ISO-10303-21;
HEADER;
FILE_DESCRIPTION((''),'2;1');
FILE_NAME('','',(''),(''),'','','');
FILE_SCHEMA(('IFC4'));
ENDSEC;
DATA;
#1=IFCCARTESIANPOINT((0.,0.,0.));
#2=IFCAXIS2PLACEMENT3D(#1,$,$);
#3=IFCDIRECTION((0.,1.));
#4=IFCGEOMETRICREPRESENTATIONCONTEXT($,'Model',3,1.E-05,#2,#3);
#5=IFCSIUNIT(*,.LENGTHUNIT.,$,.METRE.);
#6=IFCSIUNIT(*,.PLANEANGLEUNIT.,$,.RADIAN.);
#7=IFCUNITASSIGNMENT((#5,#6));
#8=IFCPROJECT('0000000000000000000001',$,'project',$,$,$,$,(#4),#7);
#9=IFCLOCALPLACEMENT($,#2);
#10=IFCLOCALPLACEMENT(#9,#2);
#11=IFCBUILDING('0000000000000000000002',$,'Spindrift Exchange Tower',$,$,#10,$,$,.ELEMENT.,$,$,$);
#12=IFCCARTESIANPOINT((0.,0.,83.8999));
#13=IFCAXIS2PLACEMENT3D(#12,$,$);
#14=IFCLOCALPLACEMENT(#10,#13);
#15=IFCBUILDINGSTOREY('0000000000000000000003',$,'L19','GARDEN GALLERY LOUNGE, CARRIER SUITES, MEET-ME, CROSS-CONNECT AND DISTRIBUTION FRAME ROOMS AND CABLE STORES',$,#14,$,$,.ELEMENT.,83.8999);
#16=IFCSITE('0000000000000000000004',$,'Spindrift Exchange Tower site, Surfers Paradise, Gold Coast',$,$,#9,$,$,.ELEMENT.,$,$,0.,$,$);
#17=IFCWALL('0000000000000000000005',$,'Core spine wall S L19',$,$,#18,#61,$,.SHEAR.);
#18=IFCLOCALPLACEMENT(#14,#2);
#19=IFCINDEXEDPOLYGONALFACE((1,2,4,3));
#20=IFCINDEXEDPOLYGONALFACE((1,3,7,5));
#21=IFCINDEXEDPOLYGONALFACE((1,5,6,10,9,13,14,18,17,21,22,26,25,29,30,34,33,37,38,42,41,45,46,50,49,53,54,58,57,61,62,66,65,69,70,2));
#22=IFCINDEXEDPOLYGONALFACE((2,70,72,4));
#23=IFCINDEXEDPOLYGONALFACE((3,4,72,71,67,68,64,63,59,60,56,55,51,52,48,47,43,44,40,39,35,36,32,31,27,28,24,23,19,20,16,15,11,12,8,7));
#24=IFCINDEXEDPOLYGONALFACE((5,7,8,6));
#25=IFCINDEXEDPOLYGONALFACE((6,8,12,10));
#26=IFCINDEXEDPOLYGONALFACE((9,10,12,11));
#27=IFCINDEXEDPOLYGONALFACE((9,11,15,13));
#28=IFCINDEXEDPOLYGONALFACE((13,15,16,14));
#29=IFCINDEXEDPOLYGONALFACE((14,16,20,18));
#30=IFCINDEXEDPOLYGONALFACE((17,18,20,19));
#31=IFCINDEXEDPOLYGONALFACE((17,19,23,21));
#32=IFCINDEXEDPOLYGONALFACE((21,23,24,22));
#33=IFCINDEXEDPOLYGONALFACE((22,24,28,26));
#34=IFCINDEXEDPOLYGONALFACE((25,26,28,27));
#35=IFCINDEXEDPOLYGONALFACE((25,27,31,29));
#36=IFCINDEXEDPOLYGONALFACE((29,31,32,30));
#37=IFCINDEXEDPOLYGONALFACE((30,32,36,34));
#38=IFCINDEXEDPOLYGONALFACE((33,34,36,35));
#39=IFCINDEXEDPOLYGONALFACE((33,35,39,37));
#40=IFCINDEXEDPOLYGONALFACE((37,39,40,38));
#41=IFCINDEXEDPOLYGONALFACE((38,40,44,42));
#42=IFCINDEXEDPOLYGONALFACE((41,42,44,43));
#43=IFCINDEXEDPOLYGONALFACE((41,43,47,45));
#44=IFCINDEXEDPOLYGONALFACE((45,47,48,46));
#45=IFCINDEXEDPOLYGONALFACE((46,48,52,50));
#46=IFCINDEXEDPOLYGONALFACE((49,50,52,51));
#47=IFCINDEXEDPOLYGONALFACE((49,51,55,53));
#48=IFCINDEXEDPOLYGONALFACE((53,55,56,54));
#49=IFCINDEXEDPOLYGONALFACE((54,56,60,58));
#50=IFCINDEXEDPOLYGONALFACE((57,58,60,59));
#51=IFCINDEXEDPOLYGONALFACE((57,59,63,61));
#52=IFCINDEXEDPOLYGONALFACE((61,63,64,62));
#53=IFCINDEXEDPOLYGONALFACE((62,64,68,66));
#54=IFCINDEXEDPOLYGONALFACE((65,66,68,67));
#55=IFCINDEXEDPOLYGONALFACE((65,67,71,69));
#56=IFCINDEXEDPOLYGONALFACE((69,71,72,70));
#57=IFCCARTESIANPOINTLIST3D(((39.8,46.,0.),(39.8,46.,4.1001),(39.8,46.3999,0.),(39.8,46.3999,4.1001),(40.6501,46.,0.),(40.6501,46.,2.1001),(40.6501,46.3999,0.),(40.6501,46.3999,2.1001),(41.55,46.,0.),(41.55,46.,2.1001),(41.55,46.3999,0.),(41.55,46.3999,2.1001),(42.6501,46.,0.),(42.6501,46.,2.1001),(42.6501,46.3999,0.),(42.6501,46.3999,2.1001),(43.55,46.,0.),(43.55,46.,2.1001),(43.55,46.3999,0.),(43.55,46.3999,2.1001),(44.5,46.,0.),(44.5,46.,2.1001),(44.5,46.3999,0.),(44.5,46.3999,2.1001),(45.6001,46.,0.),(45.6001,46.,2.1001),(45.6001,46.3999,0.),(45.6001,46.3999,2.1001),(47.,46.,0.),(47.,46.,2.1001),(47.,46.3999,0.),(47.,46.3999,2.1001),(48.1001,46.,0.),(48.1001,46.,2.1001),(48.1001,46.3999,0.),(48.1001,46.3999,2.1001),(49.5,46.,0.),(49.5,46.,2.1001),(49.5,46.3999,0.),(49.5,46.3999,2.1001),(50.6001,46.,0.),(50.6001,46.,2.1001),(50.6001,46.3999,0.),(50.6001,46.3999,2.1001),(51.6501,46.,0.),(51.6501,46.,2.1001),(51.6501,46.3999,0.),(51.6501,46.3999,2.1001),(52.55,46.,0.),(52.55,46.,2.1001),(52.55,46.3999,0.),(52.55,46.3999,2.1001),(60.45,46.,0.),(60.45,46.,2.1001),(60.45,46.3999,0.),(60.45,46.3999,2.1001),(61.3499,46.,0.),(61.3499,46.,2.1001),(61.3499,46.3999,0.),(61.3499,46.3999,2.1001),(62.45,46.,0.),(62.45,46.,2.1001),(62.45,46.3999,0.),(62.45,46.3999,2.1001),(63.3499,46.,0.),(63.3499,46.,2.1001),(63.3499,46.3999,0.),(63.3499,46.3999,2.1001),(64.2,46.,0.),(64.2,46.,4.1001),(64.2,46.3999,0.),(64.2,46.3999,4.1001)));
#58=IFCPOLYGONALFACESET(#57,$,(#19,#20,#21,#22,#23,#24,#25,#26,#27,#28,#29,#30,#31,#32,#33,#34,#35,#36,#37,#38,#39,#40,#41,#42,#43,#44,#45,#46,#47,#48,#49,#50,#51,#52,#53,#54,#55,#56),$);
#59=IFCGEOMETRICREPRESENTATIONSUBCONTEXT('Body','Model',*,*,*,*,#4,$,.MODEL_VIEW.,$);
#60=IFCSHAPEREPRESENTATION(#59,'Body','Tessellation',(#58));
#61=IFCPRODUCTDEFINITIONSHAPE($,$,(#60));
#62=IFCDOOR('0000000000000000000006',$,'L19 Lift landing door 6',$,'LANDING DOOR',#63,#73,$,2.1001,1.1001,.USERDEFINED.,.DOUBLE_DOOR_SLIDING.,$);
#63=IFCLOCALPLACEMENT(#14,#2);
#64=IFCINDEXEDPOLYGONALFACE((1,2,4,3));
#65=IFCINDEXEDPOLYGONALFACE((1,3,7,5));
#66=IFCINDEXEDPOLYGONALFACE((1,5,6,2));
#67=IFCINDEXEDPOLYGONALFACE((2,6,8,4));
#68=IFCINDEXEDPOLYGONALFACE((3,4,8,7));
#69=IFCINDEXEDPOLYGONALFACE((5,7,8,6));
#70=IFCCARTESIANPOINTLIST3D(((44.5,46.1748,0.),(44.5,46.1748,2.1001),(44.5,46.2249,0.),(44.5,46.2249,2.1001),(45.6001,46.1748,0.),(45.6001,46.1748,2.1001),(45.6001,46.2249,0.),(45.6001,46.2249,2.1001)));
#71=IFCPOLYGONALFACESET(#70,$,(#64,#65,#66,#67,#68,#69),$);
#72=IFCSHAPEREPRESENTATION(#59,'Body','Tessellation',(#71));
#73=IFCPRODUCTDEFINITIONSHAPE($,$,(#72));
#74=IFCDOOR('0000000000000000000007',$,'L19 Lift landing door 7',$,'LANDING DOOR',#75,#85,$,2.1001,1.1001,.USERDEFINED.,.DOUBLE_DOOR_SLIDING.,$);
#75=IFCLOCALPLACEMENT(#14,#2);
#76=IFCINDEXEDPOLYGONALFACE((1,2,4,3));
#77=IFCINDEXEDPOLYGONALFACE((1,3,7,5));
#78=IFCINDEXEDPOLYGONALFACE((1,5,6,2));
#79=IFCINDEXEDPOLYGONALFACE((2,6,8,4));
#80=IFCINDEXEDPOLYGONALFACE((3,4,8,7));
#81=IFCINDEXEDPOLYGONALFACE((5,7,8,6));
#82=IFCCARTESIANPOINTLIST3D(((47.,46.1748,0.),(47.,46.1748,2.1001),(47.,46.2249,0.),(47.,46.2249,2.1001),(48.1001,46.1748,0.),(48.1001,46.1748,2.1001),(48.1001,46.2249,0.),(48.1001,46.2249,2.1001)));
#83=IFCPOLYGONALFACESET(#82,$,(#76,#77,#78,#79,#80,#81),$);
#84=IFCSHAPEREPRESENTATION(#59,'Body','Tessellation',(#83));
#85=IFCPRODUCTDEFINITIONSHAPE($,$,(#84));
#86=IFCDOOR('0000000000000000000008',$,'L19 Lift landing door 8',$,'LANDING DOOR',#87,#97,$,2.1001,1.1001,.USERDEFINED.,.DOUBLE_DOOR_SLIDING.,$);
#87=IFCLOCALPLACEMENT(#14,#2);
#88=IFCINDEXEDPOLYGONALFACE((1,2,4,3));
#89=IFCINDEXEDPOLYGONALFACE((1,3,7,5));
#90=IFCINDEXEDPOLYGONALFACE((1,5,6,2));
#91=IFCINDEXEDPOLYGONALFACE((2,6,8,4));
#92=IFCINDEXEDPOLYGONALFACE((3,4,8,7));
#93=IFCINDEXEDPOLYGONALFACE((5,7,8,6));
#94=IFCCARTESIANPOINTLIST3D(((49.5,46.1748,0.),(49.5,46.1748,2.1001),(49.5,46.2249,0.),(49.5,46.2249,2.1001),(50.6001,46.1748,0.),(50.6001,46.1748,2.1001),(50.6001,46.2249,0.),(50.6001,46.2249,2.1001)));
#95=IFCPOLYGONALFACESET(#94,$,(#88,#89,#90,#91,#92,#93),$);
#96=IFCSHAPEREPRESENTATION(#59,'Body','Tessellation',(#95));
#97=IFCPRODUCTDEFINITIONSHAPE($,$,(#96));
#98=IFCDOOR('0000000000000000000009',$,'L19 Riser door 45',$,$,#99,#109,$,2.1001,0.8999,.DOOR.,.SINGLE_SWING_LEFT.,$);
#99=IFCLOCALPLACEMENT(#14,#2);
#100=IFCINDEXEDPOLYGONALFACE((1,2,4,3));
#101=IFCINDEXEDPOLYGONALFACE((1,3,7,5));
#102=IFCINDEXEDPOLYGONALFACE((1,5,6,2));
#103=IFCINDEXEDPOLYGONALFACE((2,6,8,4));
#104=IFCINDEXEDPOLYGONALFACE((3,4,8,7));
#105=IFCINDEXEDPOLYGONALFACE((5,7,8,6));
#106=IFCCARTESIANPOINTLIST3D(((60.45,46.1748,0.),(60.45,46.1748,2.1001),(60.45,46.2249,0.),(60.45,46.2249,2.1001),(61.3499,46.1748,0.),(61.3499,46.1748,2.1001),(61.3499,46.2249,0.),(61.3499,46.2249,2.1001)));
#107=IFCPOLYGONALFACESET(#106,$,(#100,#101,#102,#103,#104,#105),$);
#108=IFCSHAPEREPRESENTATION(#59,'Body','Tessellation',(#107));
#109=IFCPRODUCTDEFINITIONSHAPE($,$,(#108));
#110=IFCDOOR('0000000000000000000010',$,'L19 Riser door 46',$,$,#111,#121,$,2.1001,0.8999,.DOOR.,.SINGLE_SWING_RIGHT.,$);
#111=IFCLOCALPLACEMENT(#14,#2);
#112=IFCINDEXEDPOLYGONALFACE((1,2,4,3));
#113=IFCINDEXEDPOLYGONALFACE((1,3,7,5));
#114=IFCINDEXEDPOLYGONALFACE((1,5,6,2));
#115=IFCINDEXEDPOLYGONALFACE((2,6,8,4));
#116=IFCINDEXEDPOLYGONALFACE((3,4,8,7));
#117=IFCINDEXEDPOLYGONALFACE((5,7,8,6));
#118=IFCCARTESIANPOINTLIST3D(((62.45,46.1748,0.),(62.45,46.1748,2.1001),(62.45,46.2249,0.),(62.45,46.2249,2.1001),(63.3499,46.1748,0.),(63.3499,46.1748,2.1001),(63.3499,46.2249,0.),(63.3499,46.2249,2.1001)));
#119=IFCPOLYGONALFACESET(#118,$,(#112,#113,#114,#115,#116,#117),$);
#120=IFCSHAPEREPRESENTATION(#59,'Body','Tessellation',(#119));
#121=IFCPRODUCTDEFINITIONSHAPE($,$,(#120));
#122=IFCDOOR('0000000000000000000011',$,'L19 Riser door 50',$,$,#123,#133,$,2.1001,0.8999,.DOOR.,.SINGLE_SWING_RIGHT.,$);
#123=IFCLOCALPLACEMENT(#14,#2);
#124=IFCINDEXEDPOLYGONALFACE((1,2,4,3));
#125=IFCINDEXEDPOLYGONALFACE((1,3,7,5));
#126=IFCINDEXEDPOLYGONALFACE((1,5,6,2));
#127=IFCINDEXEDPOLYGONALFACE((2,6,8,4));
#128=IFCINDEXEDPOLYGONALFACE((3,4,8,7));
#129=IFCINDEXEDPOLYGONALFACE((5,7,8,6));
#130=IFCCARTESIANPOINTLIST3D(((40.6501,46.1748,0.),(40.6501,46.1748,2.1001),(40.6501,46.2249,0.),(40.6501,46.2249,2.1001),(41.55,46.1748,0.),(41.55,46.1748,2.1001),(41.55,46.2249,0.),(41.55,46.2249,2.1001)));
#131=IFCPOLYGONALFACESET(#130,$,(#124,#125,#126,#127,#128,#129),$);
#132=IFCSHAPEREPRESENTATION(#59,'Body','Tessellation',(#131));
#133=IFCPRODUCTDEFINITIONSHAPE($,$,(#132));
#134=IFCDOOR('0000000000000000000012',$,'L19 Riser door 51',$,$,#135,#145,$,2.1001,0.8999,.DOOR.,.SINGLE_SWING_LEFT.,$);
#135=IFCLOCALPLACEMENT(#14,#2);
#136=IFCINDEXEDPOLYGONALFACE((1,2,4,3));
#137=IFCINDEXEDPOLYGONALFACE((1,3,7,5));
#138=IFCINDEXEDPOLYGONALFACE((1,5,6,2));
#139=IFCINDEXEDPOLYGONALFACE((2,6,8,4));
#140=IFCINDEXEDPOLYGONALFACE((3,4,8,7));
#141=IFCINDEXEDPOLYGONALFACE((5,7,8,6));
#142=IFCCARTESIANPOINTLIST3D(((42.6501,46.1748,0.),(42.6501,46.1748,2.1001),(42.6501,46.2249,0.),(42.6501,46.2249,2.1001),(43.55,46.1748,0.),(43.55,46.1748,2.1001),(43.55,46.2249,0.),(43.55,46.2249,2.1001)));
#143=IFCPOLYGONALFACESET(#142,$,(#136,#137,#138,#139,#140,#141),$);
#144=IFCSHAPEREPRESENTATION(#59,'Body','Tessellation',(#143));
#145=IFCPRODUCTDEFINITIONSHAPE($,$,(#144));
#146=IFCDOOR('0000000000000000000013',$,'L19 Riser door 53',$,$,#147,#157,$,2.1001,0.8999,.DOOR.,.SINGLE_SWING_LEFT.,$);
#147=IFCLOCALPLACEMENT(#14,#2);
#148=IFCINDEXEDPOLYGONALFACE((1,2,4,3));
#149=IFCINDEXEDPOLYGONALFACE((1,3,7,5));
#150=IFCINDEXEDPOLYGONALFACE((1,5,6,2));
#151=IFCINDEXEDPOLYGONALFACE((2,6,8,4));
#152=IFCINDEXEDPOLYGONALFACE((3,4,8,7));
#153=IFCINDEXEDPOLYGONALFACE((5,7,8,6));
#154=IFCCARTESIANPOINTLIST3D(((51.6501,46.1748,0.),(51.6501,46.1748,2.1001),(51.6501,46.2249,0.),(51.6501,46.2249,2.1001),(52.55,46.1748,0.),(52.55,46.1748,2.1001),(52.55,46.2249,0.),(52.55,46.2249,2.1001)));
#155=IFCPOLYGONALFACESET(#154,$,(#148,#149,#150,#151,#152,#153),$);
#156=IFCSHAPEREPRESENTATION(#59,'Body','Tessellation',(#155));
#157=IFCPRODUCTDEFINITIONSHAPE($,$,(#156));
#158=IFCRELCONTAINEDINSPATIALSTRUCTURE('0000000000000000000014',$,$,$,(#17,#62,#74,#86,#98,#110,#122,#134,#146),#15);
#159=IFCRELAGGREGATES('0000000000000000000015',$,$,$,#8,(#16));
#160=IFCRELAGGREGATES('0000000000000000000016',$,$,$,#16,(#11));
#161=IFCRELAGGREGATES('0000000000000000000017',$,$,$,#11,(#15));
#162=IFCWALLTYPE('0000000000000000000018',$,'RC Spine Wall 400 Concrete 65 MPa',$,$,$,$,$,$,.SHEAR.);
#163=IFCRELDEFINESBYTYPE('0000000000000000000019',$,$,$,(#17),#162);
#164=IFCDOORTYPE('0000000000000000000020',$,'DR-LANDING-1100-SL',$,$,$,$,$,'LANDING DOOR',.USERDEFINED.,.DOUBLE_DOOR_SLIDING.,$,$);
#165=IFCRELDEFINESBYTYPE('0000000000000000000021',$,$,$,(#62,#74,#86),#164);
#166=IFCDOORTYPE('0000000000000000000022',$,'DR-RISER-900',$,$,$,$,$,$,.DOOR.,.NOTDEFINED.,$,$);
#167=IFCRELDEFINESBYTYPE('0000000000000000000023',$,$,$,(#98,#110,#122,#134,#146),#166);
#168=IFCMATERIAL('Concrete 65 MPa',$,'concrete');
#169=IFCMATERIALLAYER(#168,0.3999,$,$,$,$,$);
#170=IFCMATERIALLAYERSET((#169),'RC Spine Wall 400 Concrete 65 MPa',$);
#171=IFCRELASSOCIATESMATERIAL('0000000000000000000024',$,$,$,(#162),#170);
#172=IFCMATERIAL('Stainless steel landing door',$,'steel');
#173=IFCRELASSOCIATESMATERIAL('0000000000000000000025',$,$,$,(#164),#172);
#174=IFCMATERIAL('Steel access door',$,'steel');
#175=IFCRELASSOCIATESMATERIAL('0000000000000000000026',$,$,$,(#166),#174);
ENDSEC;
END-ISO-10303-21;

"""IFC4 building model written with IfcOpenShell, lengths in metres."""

from ifc_helpers import new_model, si_unit, direction, frame, frame_2d, origin, place, context, subcontext, project, spatial, rectangle, extrude, source, transform, mapped, material, layer, layer_set, type_object, element, fill, save


model = new_model("IFC4")

# Units and contexts
model_context = context("Model", 3, precision=1e-05, world=origin(), true_north=direction((0.0, 1.0)))
body_context = subcontext(model_context, "Body", "Model", "MODEL_VIEW")
ifc_project = project(units=[si_unit("LENGTHUNIT", "METRE"), si_unit("PLANEANGLEUNIT", "RADIAN")], contexts=[model_context])

# Site, building, storey
site_placement = place(None, origin())
site = spatial("IfcSite", under=ifc_project, at=site_placement, Name="Spindrift Exchange Tower site, Surfers Paradise, Gold Coast", CompositionType="ELEMENT", RefElevation=0.0)
building_placement = place(site_placement, origin())
building = spatial("IfcBuilding", under=site, at=building_placement, Name="Spindrift Exchange Tower", CompositionType="ELEMENT")
storey_placement = place(building_placement, frame((0.0, 0.0, 83.8999)))
storey = spatial("IfcBuildingStorey", under=building, at=storey_placement, Name="L19", Description="GARDEN GALLERY LOUNGE, CARRIER SUITES, MEET-ME, CROSS-CONNECT AND DISTRIBUTION FRAME ROOMS AND CABLE STORES", CompositionType="ELEMENT", Elevation=83.8999)

# Shared definitions
ifc_material_1 = material(Name="Concrete 65 MPa", Category="concrete")

# Wall, openings, doors
ifc_layer_1 = layer(ifc_material_1, 0.3999)
ifc_layer_set_1 = layer_set([ifc_layer_1], Name="RC Spine Wall 400 Concrete 65 MPa")
wall_type_1 = type_object("IfcWallType", Name="RC Spine Wall 400 Concrete 65 MPa", PredefinedType="SHEAR", material=ifc_layer_set_1)
ifc_material_2 = material(Name="Stainless steel landing door", Category="steel")
door_type_1 = type_object("IfcDoorType", Name="DR-LANDING-1100-SL", ElementType="LANDING DOOR", OperationType="DOUBLE_DOOR_SLIDING", PredefinedType="USERDEFINED", material=ifc_material_2)
shared_shape_1 = source(origin(), body_context, "Body", "SweptSolid", [
    extrude(rectangle(XDim=1.1001, YDim=2.1001, at=frame_2d((0.55, 1.05))), frame((0.0, 0.0249, 0.0), z_axis=(0.0, -1.0, 0.0), x_axis=(1.0, 0.0, 0.0)), (0.0, 0.0, 1.0), 0.05),
])
ifc_material_3 = material(Name="Steel access door", Category="steel")
door_type_2 = type_object("IfcDoorType", Name="DR-RISER-900", OperationType="NOTDEFINED", PredefinedType="DOOR", material=ifc_material_3)
shared_shape_2 = source(origin(), body_context, "Body", "SweptSolid", [
    extrude(rectangle(XDim=0.8999, YDim=2.1001, at=frame_2d((0.45, 1.05))), frame((0.0, 0.0249, 0.0), z_axis=(0.0, -1.0, 0.0), x_axis=(1.0, 0.0, 0.0)), (0.0, 0.0, 1.0), 0.05),
])
wall_1_placement = place(storey_placement, frame((39.8, 46.2, 0.0), z_axis=(0.0, 0.0, 1.0), x_axis=(1.0, 0.0, 0.0)))
wall_1 = element("IfcWall", 1, at=wall_1_placement, inside=storey, type_object=wall_type_1, Name="Core spine wall S L19", PredefinedType="SHEAR", context=body_context, shape_type="SweptSolid", body=[
    extrude(rectangle(XDim=24.3999, YDim=0.3999, at=frame_2d((12.2, 0.0))), origin(), (0.0, 0.0, 1.0), 4.1001),
])
opening_1_placement = place(wall_1_placement, frame((4.7, 0.0, 0.0)))
opening_1 = element("IfcOpeningElement", 2, at=opening_1_placement, cuts=wall_1, PredefinedType="OPENING", context=body_context, shape_type="SweptSolid", body=[
    extrude(rectangle(XDim=1.1001, YDim=2.1001, at=frame_2d((0.55, 1.05))), frame((0.0, 0.21, 0.0), z_axis=(0.0, -1.0, 0.0), x_axis=(1.0, 0.0, 0.0)), (0.0, 0.0, 1.0), 0.4199),
])
opening_2_placement = place(wall_1_placement, frame((7.2, 0.0, 0.0)))
opening_2 = element("IfcOpeningElement", 3, at=opening_2_placement, cuts=wall_1, PredefinedType="OPENING", context=body_context, shape_type="SweptSolid", body=[
    extrude(rectangle(XDim=1.1001, YDim=2.1001, at=frame_2d((0.55, 1.05))), frame((0.0, 0.21, 0.0), z_axis=(0.0, -1.0, 0.0), x_axis=(1.0, 0.0, 0.0)), (0.0, 0.0, 1.0), 0.4199),
])
opening_3_placement = place(wall_1_placement, frame((9.7, 0.0, 0.0)))
opening_3 = element("IfcOpeningElement", 4, at=opening_3_placement, cuts=wall_1, PredefinedType="OPENING", context=body_context, shape_type="SweptSolid", body=[
    extrude(rectangle(XDim=1.1001, YDim=2.1001, at=frame_2d((0.55, 1.05))), frame((0.0, 0.21, 0.0), z_axis=(0.0, -1.0, 0.0), x_axis=(1.0, 0.0, 0.0)), (0.0, 0.0, 1.0), 0.4199),
])
opening_4_placement = place(wall_1_placement, frame((20.6499, 0.0, 0.0)))
opening_4 = element("IfcOpeningElement", 5, at=opening_4_placement, cuts=wall_1, PredefinedType="OPENING", context=body_context, shape_type="SweptSolid", body=[
    extrude(rectangle(XDim=0.8999, YDim=2.1001, at=frame_2d((0.45, 1.05))), frame((0.0, 0.21, 0.0), z_axis=(0.0, -1.0, 0.0), x_axis=(1.0, 0.0, 0.0)), (0.0, 0.0, 1.0), 0.4199),
])
opening_5_placement = place(wall_1_placement, frame((22.6499, 0.0, 0.0)))
opening_5 = element("IfcOpeningElement", 6, at=opening_5_placement, cuts=wall_1, PredefinedType="OPENING", context=body_context, shape_type="SweptSolid", body=[
    extrude(rectangle(XDim=0.8999, YDim=2.1001, at=frame_2d((0.45, 1.05))), frame((0.0, 0.21, 0.0), z_axis=(0.0, -1.0, 0.0), x_axis=(1.0, 0.0, 0.0)), (0.0, 0.0, 1.0), 0.4199),
])
opening_6_placement = place(wall_1_placement, frame((0.8501, 0.0, 0.0)))
opening_6 = element("IfcOpeningElement", 7, at=opening_6_placement, cuts=wall_1, PredefinedType="OPENING", context=body_context, shape_type="SweptSolid", body=[
    extrude(rectangle(XDim=0.8999, YDim=2.1001, at=frame_2d((0.45, 1.05))), frame((0.0, 0.21, 0.0), z_axis=(0.0, -1.0, 0.0), x_axis=(1.0, 0.0, 0.0)), (0.0, 0.0, 1.0), 0.4199),
])
opening_7_placement = place(wall_1_placement, frame((2.8501, 0.0, 0.0)))
opening_7 = element("IfcOpeningElement", 8, at=opening_7_placement, cuts=wall_1, PredefinedType="OPENING", context=body_context, shape_type="SweptSolid", body=[
    extrude(rectangle(XDim=0.8999, YDim=2.1001, at=frame_2d((0.45, 1.05))), frame((0.0, 0.21, 0.0), z_axis=(0.0, -1.0, 0.0), x_axis=(1.0, 0.0, 0.0)), (0.0, 0.0, 1.0), 0.4199),
])
opening_8_placement = place(wall_1_placement, frame((11.8501, 0.0, 0.0)))
opening_8 = element("IfcOpeningElement", 9, at=opening_8_placement, cuts=wall_1, PredefinedType="OPENING", context=body_context, shape_type="SweptSolid", body=[
    extrude(rectangle(XDim=0.8999, YDim=2.1001, at=frame_2d((0.45, 1.05))), frame((0.0, 0.21, 0.0), z_axis=(0.0, -1.0, 0.0), x_axis=(1.0, 0.0, 0.0)), (0.0, 0.0, 1.0), 0.4199),
])
door_1_placement = place(opening_1_placement, origin())
door_1 = element("IfcDoor", 10, at=door_1_placement, inside=storey, type_object=door_type_1, Name="L19 Lift landing door 6", ObjectType="LANDING DOOR", OperationType="DOUBLE_DOOR_SLIDING", OverallHeight=2.1001, OverallWidth=1.1001, PredefinedType="USERDEFINED", context=body_context, shape_type="MappedRepresentation", body=[
    mapped(shared_shape_1, transform((0.0, 0.0, 0.0), scale=1.0)),
])
fill(opening_1, door_1)
door_2_placement = place(opening_2_placement, origin())
door_2 = element("IfcDoor", 11, at=door_2_placement, inside=storey, type_object=door_type_1, Name="L19 Lift landing door 7", ObjectType="LANDING DOOR", OperationType="DOUBLE_DOOR_SLIDING", OverallHeight=2.1001, OverallWidth=1.1001, PredefinedType="USERDEFINED", context=body_context, shape_type="MappedRepresentation", body=[
    mapped(shared_shape_1, transform((0.0, 0.0, 0.0), scale=1.0)),
])
fill(opening_2, door_2)
door_3_placement = place(opening_3_placement, origin())
door_3 = element("IfcDoor", 12, at=door_3_placement, inside=storey, type_object=door_type_1, Name="L19 Lift landing door 8", ObjectType="LANDING DOOR", OperationType="DOUBLE_DOOR_SLIDING", OverallHeight=2.1001, OverallWidth=1.1001, PredefinedType="USERDEFINED", context=body_context, shape_type="MappedRepresentation", body=[
    mapped(shared_shape_1, transform((0.0, 0.0, 0.0), scale=1.0)),
])
fill(opening_3, door_3)
door_4_placement = place(opening_4_placement, origin())
door_4 = element("IfcDoor", 13, at=door_4_placement, inside=storey, type_object=door_type_2, Name="L19 Riser door 45", OperationType="SINGLE_SWING_LEFT", OverallHeight=2.1001, OverallWidth=0.8999, PredefinedType="DOOR", context=body_context, shape_type="MappedRepresentation", body=[
    mapped(shared_shape_2, transform((0.0, 0.0, 0.0), scale=1.0)),
])
fill(opening_4, door_4)
door_5_placement = place(opening_5_placement, origin())
door_5 = element("IfcDoor", 14, at=door_5_placement, inside=storey, type_object=door_type_2, Name="L19 Riser door 46", OperationType="SINGLE_SWING_RIGHT", OverallHeight=2.1001, OverallWidth=0.8999, PredefinedType="DOOR", context=body_context, shape_type="MappedRepresentation", body=[
    mapped(shared_shape_2, transform((0.0, 0.0, 0.0), scale=1.0)),
])
fill(opening_5, door_5)
door_6_placement = place(opening_6_placement, origin())
door_6 = element("IfcDoor", 15, at=door_6_placement, inside=storey, type_object=door_type_2, Name="L19 Riser door 50", OperationType="SINGLE_SWING_RIGHT", OverallHeight=2.1001, OverallWidth=0.8999, PredefinedType="DOOR", context=body_context, shape_type="MappedRepresentation", body=[
    mapped(shared_shape_2, transform((0.0, 0.0, 0.0), scale=1.0)),
])
fill(opening_6, door_6)
door_7_placement = place(opening_7_placement, origin())
door_7 = element("IfcDoor", 16, at=door_7_placement, inside=storey, type_object=door_type_2, Name="L19 Riser door 51", OperationType="SINGLE_SWING_LEFT", OverallHeight=2.1001, OverallWidth=0.8999, PredefinedType="DOOR", context=body_context, shape_type="MappedRepresentation", body=[
    mapped(shared_shape_2, transform((0.0, 0.0, 0.0), scale=1.0)),
])
fill(opening_7, door_7)
door_8_placement = place(opening_8_placement, origin())
door_8 = element("IfcDoor", 17, at=door_8_placement, inside=storey, type_object=door_type_2, Name="L19 Riser door 53", OperationType="SINGLE_SWING_LEFT", OverallHeight=2.1001, OverallWidth=0.8999, PredefinedType="DOOR", context=body_context, shape_type="MappedRepresentation", body=[
    mapped(shared_shape_2, transform((0.0, 0.0, 0.0), scale=1.0)),
])
fill(opening_8, door_8)

save(model, "model.ifc")
